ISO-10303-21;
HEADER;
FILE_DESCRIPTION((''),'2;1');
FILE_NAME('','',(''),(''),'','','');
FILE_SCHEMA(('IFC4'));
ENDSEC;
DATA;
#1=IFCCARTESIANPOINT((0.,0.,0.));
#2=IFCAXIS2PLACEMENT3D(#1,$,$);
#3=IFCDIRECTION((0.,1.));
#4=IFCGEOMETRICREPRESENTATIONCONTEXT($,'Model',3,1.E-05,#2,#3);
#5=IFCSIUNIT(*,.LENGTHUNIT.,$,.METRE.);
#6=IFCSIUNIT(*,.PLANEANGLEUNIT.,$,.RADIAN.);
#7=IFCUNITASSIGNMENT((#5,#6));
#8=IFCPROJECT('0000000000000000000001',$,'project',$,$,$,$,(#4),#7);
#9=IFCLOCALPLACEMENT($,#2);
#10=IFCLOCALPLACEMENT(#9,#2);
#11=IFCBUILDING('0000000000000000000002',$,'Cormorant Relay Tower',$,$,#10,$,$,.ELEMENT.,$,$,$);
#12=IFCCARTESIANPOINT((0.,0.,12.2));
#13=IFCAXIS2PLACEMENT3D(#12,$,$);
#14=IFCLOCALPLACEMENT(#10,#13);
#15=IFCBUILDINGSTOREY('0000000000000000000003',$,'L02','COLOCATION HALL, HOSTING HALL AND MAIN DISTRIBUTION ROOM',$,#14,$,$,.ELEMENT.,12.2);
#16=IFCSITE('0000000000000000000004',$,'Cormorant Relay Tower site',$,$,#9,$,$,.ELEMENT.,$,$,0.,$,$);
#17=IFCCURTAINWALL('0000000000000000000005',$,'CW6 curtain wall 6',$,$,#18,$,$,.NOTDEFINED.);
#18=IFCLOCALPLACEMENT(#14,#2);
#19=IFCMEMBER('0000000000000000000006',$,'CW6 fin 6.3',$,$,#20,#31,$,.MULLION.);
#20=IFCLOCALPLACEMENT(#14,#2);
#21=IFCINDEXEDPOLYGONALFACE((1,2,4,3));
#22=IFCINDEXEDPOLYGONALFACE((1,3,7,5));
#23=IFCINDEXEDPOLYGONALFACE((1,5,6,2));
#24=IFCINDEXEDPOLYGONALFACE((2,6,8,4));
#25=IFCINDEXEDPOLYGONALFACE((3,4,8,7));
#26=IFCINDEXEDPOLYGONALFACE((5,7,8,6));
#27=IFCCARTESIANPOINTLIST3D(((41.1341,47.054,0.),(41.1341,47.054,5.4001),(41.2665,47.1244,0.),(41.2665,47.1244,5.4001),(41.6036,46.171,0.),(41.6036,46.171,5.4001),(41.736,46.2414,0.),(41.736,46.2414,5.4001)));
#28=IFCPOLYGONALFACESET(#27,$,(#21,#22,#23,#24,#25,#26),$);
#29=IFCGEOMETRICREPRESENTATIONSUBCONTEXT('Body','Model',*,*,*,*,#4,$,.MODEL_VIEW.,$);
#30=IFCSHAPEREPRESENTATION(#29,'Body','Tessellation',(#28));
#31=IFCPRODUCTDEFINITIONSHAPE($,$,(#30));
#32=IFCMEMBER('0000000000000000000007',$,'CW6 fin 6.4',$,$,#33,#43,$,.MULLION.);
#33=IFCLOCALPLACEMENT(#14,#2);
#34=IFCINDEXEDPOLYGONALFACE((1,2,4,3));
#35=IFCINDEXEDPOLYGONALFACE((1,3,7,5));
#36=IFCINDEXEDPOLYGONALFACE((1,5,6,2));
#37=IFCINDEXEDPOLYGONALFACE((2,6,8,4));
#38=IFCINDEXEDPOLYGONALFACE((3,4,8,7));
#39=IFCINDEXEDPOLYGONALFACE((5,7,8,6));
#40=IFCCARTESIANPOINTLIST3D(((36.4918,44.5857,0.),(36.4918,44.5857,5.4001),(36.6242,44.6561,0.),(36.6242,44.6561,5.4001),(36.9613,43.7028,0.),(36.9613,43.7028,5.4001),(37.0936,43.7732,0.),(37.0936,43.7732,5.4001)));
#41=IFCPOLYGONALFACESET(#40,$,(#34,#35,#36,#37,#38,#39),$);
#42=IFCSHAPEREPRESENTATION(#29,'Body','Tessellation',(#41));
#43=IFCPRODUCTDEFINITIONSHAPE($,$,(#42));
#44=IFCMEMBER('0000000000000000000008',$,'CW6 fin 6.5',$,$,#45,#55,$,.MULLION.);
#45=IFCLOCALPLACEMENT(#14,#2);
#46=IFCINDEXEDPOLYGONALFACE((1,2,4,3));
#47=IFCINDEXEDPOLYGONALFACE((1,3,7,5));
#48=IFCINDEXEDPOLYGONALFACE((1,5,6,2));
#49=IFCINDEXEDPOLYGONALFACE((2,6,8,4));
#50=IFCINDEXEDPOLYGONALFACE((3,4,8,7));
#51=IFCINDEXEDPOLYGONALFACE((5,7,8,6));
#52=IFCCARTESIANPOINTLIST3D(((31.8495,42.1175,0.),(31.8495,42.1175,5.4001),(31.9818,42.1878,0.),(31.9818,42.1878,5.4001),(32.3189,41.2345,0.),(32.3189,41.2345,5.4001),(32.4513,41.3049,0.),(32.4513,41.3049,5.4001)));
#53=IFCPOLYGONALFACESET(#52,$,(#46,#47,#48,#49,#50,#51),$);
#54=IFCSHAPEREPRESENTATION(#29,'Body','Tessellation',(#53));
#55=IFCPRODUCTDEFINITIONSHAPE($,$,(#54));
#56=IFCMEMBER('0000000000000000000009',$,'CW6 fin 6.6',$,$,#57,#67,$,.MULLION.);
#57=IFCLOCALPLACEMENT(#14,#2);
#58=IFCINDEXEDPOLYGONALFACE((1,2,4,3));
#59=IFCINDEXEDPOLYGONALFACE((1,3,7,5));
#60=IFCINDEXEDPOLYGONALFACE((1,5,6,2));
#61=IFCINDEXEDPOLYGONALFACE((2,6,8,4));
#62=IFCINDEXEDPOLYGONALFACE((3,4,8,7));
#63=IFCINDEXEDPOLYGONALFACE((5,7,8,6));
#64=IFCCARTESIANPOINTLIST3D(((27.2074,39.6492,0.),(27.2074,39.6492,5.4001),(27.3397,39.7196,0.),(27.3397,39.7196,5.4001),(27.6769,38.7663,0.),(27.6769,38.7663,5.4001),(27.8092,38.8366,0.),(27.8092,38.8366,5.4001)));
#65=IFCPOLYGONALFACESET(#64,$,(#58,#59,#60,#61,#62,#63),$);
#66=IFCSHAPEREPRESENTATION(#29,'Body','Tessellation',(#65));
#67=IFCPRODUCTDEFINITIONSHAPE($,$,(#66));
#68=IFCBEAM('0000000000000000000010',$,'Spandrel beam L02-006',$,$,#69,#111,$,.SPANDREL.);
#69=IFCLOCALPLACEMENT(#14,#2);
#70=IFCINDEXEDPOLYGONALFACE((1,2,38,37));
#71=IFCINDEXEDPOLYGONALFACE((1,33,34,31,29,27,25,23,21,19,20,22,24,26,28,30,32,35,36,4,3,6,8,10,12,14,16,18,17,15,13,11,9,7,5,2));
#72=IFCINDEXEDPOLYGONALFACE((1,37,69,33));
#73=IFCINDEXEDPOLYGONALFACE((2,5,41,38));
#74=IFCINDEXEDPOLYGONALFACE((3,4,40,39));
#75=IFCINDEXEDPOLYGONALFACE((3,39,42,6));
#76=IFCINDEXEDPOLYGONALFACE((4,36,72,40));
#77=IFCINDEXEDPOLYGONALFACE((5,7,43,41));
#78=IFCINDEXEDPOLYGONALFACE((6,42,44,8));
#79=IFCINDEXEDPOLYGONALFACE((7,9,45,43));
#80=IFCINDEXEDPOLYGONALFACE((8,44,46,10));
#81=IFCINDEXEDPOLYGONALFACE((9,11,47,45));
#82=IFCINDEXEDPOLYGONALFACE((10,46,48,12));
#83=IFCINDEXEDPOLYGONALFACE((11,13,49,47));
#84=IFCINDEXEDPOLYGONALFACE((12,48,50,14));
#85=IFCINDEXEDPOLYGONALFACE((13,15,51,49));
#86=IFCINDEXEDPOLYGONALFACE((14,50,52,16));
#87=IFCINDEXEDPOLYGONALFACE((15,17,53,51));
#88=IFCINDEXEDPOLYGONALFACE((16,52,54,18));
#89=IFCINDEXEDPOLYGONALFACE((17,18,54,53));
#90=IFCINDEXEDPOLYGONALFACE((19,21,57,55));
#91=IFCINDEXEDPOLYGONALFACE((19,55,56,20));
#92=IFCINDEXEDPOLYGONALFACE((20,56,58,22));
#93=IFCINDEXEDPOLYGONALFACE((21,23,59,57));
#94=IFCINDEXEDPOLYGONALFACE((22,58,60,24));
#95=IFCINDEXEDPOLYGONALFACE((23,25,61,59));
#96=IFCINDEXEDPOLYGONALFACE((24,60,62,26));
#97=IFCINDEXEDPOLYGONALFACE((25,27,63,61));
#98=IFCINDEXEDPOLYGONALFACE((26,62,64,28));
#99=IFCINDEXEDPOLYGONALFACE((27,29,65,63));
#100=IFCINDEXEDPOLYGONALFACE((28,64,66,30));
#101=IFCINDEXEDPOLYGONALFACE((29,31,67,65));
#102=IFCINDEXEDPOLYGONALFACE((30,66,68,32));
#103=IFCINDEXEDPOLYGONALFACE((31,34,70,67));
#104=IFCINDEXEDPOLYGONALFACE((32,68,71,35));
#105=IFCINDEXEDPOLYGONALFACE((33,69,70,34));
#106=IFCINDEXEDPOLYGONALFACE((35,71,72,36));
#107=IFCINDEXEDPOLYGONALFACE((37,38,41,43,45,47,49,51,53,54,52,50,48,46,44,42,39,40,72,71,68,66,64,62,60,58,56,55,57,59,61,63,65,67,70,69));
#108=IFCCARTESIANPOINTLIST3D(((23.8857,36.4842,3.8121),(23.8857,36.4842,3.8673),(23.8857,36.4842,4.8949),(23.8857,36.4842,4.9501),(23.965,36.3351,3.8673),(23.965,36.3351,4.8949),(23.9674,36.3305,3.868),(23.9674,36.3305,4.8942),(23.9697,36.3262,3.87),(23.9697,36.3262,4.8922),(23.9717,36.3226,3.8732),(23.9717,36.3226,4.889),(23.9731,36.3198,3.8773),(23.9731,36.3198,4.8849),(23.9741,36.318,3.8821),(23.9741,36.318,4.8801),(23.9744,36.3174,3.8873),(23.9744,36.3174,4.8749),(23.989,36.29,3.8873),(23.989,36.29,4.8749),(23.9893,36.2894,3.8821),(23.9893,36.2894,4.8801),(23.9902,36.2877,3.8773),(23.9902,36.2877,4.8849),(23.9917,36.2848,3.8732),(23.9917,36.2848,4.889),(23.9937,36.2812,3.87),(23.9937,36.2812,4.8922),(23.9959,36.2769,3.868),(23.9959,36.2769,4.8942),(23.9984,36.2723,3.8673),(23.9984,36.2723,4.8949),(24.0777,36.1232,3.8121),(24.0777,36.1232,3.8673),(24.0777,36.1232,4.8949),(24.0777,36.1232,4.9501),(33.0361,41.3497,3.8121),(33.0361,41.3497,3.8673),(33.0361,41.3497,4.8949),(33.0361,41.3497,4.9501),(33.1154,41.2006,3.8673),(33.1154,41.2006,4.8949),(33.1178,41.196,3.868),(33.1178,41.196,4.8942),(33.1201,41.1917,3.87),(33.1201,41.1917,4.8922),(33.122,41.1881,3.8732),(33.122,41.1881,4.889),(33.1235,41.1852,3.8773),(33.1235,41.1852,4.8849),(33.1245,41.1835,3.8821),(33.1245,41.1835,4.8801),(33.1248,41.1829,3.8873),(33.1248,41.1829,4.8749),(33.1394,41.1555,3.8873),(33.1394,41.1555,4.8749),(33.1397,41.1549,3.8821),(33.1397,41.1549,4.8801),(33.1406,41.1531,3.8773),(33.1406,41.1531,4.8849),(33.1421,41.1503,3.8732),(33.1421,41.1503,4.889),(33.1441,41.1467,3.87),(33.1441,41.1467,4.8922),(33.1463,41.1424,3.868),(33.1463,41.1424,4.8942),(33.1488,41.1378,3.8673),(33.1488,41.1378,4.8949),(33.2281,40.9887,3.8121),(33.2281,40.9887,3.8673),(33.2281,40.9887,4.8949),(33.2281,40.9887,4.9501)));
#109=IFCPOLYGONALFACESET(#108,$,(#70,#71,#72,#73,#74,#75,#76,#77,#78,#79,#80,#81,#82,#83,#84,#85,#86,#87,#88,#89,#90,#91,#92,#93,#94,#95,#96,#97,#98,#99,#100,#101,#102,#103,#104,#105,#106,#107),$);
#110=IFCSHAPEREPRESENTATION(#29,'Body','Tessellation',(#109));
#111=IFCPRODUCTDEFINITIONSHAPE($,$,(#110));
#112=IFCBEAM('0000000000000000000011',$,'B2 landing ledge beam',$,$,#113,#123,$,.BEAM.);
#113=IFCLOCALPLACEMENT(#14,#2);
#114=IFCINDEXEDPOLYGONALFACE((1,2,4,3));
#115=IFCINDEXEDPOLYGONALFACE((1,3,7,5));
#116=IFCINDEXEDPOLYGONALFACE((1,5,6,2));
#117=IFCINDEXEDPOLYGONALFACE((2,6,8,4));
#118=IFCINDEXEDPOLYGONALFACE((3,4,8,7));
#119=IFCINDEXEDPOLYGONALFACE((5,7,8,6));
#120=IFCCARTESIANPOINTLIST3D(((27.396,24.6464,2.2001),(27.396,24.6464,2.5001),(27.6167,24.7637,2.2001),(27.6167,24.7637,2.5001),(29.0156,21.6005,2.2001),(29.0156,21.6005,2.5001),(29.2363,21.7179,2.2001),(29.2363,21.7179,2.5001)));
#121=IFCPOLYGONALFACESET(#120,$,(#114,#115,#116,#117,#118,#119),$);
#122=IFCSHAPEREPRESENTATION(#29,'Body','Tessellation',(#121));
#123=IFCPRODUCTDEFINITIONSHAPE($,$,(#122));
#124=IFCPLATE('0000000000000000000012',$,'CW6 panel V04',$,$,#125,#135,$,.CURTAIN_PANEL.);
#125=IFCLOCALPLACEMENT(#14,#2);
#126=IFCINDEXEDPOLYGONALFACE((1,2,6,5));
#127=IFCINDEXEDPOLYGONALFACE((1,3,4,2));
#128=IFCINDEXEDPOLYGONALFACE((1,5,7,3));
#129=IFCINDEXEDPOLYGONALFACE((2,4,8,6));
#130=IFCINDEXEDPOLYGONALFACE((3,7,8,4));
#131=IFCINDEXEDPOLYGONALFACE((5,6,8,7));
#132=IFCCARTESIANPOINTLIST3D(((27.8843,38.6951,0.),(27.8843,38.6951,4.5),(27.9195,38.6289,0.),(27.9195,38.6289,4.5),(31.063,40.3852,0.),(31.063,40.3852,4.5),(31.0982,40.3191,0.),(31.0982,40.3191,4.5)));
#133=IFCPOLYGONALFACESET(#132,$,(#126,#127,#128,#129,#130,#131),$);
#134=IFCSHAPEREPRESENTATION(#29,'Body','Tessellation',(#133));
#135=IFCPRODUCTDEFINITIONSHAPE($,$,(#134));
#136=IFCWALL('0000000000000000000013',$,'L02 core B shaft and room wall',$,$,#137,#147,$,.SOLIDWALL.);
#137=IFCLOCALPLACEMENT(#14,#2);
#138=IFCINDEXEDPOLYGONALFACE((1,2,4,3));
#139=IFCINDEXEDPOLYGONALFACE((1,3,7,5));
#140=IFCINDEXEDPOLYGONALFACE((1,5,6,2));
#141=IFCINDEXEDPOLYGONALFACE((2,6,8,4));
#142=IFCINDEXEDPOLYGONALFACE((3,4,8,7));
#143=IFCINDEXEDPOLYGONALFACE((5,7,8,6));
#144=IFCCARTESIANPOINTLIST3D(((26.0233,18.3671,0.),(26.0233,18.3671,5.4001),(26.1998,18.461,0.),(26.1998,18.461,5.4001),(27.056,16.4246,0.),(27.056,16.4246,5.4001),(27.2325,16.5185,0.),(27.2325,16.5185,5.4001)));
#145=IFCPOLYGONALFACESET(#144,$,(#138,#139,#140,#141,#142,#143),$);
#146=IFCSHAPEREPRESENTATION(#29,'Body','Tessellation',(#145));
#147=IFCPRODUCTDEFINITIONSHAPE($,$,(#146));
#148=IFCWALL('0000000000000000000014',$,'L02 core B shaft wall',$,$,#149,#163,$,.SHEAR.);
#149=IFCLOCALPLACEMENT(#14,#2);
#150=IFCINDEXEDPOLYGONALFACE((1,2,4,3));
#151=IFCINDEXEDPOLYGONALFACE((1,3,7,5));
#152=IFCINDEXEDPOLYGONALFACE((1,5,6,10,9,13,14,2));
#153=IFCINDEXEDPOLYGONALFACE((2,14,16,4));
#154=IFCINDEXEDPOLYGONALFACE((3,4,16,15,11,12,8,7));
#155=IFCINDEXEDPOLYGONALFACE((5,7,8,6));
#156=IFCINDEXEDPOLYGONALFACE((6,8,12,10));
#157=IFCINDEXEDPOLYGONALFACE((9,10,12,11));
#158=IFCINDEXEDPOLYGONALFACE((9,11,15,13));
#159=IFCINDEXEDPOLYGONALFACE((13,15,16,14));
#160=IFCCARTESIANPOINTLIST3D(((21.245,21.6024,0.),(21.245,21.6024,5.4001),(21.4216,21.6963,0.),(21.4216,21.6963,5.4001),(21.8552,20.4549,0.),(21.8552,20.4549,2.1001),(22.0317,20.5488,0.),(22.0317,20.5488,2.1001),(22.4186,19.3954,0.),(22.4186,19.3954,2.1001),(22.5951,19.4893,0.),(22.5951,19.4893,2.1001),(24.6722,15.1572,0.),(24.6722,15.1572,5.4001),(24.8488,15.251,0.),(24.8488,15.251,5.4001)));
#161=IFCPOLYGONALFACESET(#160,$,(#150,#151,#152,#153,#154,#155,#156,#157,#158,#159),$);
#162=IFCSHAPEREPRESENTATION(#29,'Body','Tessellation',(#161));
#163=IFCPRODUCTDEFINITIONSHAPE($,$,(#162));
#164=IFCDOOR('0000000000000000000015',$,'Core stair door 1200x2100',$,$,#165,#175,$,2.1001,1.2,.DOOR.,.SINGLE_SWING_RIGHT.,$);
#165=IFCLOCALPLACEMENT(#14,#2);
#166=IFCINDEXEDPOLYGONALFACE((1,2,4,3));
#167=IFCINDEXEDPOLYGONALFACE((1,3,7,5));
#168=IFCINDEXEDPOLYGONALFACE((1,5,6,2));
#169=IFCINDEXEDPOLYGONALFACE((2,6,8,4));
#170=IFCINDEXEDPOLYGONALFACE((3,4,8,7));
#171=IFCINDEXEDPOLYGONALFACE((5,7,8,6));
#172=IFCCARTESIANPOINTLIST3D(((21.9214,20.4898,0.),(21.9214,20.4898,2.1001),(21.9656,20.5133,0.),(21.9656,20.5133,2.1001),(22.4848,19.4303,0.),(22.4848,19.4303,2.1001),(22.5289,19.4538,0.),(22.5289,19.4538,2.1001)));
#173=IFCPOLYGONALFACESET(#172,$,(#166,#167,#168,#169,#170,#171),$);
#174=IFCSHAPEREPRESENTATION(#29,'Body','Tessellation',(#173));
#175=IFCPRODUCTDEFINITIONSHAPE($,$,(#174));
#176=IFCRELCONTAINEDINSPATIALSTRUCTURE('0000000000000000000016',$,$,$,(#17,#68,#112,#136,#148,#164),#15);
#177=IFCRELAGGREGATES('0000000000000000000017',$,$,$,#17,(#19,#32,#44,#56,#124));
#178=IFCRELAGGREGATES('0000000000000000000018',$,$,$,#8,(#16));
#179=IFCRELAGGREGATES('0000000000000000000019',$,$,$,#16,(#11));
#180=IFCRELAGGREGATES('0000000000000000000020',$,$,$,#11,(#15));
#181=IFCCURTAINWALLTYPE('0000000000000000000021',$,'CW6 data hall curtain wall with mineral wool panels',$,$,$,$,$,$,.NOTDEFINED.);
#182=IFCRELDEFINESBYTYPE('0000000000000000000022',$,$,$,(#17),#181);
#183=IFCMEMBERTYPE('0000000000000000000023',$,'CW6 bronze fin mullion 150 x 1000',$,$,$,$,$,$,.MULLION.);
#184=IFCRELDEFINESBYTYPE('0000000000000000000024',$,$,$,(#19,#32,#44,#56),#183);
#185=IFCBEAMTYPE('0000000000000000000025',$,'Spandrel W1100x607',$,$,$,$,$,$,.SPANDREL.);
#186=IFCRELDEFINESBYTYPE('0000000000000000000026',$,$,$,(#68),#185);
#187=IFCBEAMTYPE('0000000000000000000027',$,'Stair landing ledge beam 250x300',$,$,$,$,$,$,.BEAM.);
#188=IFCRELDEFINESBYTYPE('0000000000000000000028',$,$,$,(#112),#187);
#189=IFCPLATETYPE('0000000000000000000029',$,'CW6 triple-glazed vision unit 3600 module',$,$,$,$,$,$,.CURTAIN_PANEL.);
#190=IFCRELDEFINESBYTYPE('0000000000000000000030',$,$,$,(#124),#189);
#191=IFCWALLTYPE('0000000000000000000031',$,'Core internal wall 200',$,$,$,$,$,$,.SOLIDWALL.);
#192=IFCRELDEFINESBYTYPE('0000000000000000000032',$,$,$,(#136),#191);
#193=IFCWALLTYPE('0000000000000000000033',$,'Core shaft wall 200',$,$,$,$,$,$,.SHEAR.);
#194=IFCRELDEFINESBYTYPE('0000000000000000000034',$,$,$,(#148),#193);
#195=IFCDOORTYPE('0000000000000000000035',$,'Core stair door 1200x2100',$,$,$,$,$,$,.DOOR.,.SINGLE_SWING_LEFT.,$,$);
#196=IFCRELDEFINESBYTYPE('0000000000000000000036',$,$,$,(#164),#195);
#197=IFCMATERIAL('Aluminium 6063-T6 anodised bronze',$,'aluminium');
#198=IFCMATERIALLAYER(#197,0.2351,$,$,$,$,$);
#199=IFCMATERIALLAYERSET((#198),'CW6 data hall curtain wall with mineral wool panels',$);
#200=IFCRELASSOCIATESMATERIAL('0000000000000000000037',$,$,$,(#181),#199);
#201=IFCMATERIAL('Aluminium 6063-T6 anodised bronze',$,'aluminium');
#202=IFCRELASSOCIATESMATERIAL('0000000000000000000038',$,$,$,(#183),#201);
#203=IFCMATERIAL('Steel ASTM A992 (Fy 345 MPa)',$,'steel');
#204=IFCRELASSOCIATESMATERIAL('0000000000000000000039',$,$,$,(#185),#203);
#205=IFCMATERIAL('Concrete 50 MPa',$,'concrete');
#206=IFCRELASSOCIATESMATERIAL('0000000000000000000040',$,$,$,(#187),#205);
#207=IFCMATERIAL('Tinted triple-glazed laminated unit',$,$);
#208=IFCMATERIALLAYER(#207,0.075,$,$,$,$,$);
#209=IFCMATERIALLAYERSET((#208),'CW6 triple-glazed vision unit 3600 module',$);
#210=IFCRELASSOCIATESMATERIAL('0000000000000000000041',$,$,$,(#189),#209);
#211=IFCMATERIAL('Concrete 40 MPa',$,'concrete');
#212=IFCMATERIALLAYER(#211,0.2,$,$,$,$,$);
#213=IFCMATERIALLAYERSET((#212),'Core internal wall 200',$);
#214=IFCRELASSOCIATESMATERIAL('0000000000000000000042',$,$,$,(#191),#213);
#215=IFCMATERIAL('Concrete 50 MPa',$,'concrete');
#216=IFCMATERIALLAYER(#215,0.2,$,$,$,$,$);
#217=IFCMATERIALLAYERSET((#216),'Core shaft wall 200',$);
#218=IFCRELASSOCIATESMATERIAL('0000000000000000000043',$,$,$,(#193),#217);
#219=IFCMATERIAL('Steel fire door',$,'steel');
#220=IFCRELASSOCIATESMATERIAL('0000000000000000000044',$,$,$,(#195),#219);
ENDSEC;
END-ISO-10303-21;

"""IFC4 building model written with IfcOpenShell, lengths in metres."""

from ifc_helpers import new_model, si_unit, direction, frame, frame_2d, origin, origin_2d, place, context, subcontext, project, spatial, rectangle, i_section, extrude, material, layer, layer_set, material_profile, profile_set, type_object, element, fill, aggregate, save


model = new_model("IFC4")

# Units and contexts
model_context = context("Model", 3, precision=1e-05, world=origin(), true_north=direction((0.0, 1.0)))
body_context = subcontext(model_context, "Body", "Model", "MODEL_VIEW")
ifc_project = project(units=[si_unit("LENGTHUNIT", "METRE"), si_unit("PLANEANGLEUNIT", "RADIAN")], contexts=[model_context])

# Site, building, storey
site_placement = place(None, origin())
site = spatial("IfcSite", under=ifc_project, at=site_placement, Name="Cormorant Relay Tower site", CompositionType="ELEMENT", RefElevation=0.0)
building_placement = place(site_placement, origin())
building = spatial("IfcBuilding", under=site, at=building_placement, Name="Cormorant Relay Tower", CompositionType="ELEMENT")
storey_placement = place(building_placement, frame((0.0, 0.0, 12.2)))
storey = spatial("IfcBuildingStorey", under=building, at=storey_placement, Name="L02", Description="COLOCATION HALL, HOSTING HALL AND MAIN DISTRIBUTION ROOM", CompositionType="ELEMENT", Elevation=12.2)

# Curtain wall, members
ifc_material_1 = material(Name="Aluminium 6063-T6 anodised bronze", Category="aluminium")
ifc_layer_1 = layer(ifc_material_1, 0.2351)
ifc_layer_set_1 = layer_set([ifc_layer_1], Name="CW6 data hall curtain wall with mineral wool panels")
curtain_wall_type = type_object("IfcCurtainWallType", Name="CW6 data hall curtain wall with mineral wool panels", PredefinedType="NOTDEFINED", material=ifc_layer_set_1)
curtain_wall_placement = place(storey_placement, origin())
curtain_wall = element("IfcCurtainWall", 1, at=curtain_wall_placement, inside=storey, type_object=curtain_wall_type, Name="CW6 curtain wall 6", PredefinedType="NOTDEFINED")
ifc_material_2 = material(Name="Aluminium 6063-T6 anodised bronze", Category="aluminium")
ifc_material_profile_1 = material_profile(ifc_material_2, rectangle(XDim=0.1499, YDim=1.0, at=origin_2d()), Name="AL 150x1000")
ifc_profile_set_1 = profile_set([ifc_material_profile_1], Name="Aluminium 6063-T6 anodised bronze")
member_type = type_object("IfcMemberType", Name="CW6 bronze fin mullion 150 x 1000", PredefinedType="MULLION", material=ifc_profile_set_1)
member_1_placement = place(storey_placement, frame((41.4351, 46.6477, 0.0), z_axis=(0.0, 0.0, 1.0), x_axis=(-0.882948, -0.469472, 0.0)))
member_1 = element("IfcMember", 2, at=member_1_placement, type_object=member_type, Name="CW6 fin 6.3", PredefinedType="MULLION", context=body_context, shape_type="SweptSolid", body=[
    extrude(rectangle(XDim=0.1499, YDim=1.0, at=origin_2d()), origin(), (0.0, 0.0, 1.0), 5.4001),
])
member_2_placement = place(storey_placement, frame((36.7927, 44.1794, 0.0), z_axis=(0.0, 0.0, 1.0), x_axis=(-0.882948, -0.469472, 0.0)))
member_2 = element("IfcMember", 3, at=member_2_placement, type_object=member_type, Name="CW6 fin 6.4", PredefinedType="MULLION", context=body_context, shape_type="SweptSolid", body=[
    extrude(rectangle(XDim=0.1499, YDim=1.0, at=origin_2d()), origin(), (0.0, 0.0, 1.0), 5.4001),
])
member_3_placement = place(storey_placement, frame((32.1504, 41.7112, 0.0), z_axis=(0.0, 0.0, 1.0), x_axis=(-0.882948, -0.469472, 0.0)))
member_3 = element("IfcMember", 4, at=member_3_placement, type_object=member_type, Name="CW6 fin 6.5", PredefinedType="MULLION", context=body_context, shape_type="SweptSolid", body=[
    extrude(rectangle(XDim=0.1499, YDim=1.0, at=origin_2d()), origin(), (0.0, 0.0, 1.0), 5.4001),
])
member_4_placement = place(storey_placement, frame((27.5083, 39.2429, 0.0), z_axis=(0.0, 0.0, 1.0), x_axis=(-0.882948, -0.469472, 0.0)))
member_4 = element("IfcMember", 5, at=member_4_placement, type_object=member_type, Name="CW6 fin 6.6", PredefinedType="MULLION", context=body_context, shape_type="SweptSolid", body=[
    extrude(rectangle(XDim=0.1499, YDim=1.0, at=origin_2d()), origin(), (0.0, 0.0, 1.0), 5.4001),
])

# Beams
ifc_material_3 = material(Name="Steel ASTM A992 (Fy 345 MPa)", Category="steel")
ifc_material_profile_2 = material_profile(ifc_material_3, i_section(OverallWidth=0.4089, OverallDepth=1.1379, WebThickness=0.031, FlangeThickness=0.0552, FilletRadius=0.02, at=origin_2d()), Name="W1100x607")
ifc_profile_set_2 = profile_set([ifc_material_profile_2], Name="Steel ASTM A992 (Fy 345 MPa)")
beam_type_1 = type_object("IfcBeamType", Name="Spandrel W1100x607", PredefinedType="SPANDREL", material=ifc_profile_set_2)
beam_1_placement = place(storey_placement, frame((33.1321, 41.1692, 4.3811), z_axis=(-0.882942, -0.469481, 0.0), x_axis=(0.469481, -0.882942, 0.0)))
element("IfcBeam", 6, at=beam_1_placement, inside=storey, type_object=beam_type_1, Name="Spandrel beam L02-006", PredefinedType="SPANDREL", context=body_context, shape_type="SweptSolid", body=[
    extrude(i_section(OverallWidth=0.4089, OverallDepth=1.1379, WebThickness=0.031, FlangeThickness=0.0552, FilletRadius=0.02, at=origin_2d()), origin(), (0.0, 0.0, 1.0), 10.3635),
])
ifc_material_4 = material(Name="Concrete 50 MPa", Category="concrete")
ifc_material_profile_3 = material_profile(ifc_material_4, rectangle(XDim=0.25, YDim=0.3, at=origin_2d()), Name="RC 250x300")
ifc_profile_set_3 = profile_set([ifc_material_profile_3], Name="Concrete 50 MPa")
beam_type_2 = type_object("IfcBeamType", Name="Stair landing ledge beam 250x300", PredefinedType="BEAM", material=ifc_profile_set_3)
beam_2_placement = place(storey_placement, frame((29.126, 21.6592, 2.3501), z_axis=(-0.469493, 0.882936, 0.0), x_axis=(-0.882936, -0.469493, 0.0)))
element("IfcBeam", 7, at=beam_2_placement, inside=storey, type_object=beam_type_2, Name="B2 landing ledge beam", PredefinedType="BEAM", context=body_context, shape_type="SweptSolid", body=[
    extrude(rectangle(XDim=0.25, YDim=0.3, at=origin_2d()), origin(), (0.0, 0.0, 1.0), 3.4497),
])

# Plate
ifc_material_5 = material(Name="Tinted triple-glazed laminated unit")
ifc_layer_2 = layer(ifc_material_5, 0.075)
ifc_layer_set_2 = layer_set([ifc_layer_2], Name="CW6 triple-glazed vision unit 3600 module")
plate_type = type_object("IfcPlateType", Name="CW6 triple-glazed vision unit 3600 module", PredefinedType="CURTAIN_PANEL", material=ifc_layer_set_2)
plate_placement = place(storey_placement, frame((29.4912, 39.5071, 0.0), z_axis=(0.0, 0.0, 1.0), x_axis=(-0.882948, -0.469472, 0.0)))
plate = element("IfcPlate", 8, at=plate_placement, type_object=plate_type, Name="CW6 panel V04", PredefinedType="CURTAIN_PANEL", context=body_context, shape_type="SweptSolid", body=[
    extrude(rectangle(XDim=3.6001, YDim=0.075, at=origin_2d()), origin(), (0.0, 0.0, 1.0), 4.5),
])

# Wall
ifc_material_6 = material(Name="Concrete 40 MPa", Category="concrete")
ifc_layer_3 = layer(ifc_material_6, 0.2)
ifc_layer_set_3 = layer_set([ifc_layer_3], Name="Core internal wall 200")
wall_type_1 = type_object("IfcWallType", Name="Core internal wall 200", PredefinedType="SOLIDWALL", material=ifc_layer_set_3)
wall_1_placement = place(storey_placement, frame((27.1443, 16.4714, 0.0), z_axis=(0.0, 0.0, 1.0), x_axis=(-0.469401, 0.882985, 0.0)))
element("IfcWall", 9, at=wall_1_placement, inside=storey, type_object=wall_type_1, Name="L02 core B shaft and room wall", PredefinedType="SOLIDWALL", context=body_context, shape_type="SweptSolid", body=[
    extrude(rectangle(XDim=2.2, YDim=0.2, at=frame_2d((1.1001, 0.0))), origin(), (0.0, 0.0, 1.0), 5.4001),
])

# Wall, opening, door
ifc_material_7 = material(Name="Concrete 50 MPa", Category="concrete")
ifc_layer_4 = layer(ifc_material_7, 0.2)
ifc_layer_set_4 = layer_set([ifc_layer_4], Name="Core shaft wall 200")
wall_type_2 = type_object("IfcWallType", Name="Core shaft wall 200", PredefinedType="SHEAR", material=ifc_layer_set_4)
wall_2_placement = place(storey_placement, frame((24.7605, 15.2041, 0.0), z_axis=(0.0, 0.0, 1.0), x_axis=(-0.469494, 0.882936, 0.0)))
wall_2 = element("IfcWall", 10, at=wall_2_placement, inside=storey, type_object=wall_type_2, Name="L02 core B shaft wall", PredefinedType="SHEAR", context=body_context, shape_type="SweptSolid", body=[
    extrude(rectangle(XDim=7.2998, YDim=0.2, at=frame_2d((3.6499, 0.0))), origin(), (0.0, 0.0, 1.0), 5.4001),
])
opening_1_placement = place(wall_2_placement, frame((4.8, 0.0, 0.0)))
opening_1 = element("IfcOpeningElement", 11, at=opening_1_placement, cuts=wall_2, PredefinedType="OPENING", context=body_context, shape_type="SweptSolid", body=[
    extrude(rectangle(XDim=1.2, YDim=2.1001, at=frame_2d((0.6001, 1.05))), frame((0.0, 0.1099, 0.0), z_axis=(0.0, -1.0, 0.0), x_axis=(1.0, 0.0, 0.0)), (0.0, 0.0, 1.0), 0.22),
])
ifc_material_8 = material(Name="Steel fire door", Category="steel")
door_type_1 = type_object("IfcDoorType", Name="Core stair door 1200x2100", OperationType="SINGLE_SWING_LEFT", PredefinedType="DOOR", material=ifc_material_8)
door_1_placement = place(opening_1_placement, frame((1.2, 0.0, 0.0), z_axis=(0.0, 0.0, 1.0), x_axis=(-1.0, 0.0, 0.0)))
door_1 = element("IfcDoor", 12, at=door_1_placement, inside=storey, type_object=door_type_1, Name="Core stair door 1200x2100", OperationType="SINGLE_SWING_RIGHT", OverallHeight=2.1001, OverallWidth=1.2, PredefinedType="DOOR", context=body_context, shape_type="SweptSolid", body=[
    extrude(rectangle(XDim=1.2, YDim=2.1001, at=frame_2d((0.6001, 1.05))), frame((0.0, 0.0249, 0.0), z_axis=(0.0, -1.0, 0.0), x_axis=(1.0, 0.0, 0.0)), (0.0, 0.0, 1.0), 0.05),
])
fill(opening_1, door_1)

aggregate(curtain_wall, [member_1, member_2, member_3, member_4, plate])

save(model, "model.ifc")
